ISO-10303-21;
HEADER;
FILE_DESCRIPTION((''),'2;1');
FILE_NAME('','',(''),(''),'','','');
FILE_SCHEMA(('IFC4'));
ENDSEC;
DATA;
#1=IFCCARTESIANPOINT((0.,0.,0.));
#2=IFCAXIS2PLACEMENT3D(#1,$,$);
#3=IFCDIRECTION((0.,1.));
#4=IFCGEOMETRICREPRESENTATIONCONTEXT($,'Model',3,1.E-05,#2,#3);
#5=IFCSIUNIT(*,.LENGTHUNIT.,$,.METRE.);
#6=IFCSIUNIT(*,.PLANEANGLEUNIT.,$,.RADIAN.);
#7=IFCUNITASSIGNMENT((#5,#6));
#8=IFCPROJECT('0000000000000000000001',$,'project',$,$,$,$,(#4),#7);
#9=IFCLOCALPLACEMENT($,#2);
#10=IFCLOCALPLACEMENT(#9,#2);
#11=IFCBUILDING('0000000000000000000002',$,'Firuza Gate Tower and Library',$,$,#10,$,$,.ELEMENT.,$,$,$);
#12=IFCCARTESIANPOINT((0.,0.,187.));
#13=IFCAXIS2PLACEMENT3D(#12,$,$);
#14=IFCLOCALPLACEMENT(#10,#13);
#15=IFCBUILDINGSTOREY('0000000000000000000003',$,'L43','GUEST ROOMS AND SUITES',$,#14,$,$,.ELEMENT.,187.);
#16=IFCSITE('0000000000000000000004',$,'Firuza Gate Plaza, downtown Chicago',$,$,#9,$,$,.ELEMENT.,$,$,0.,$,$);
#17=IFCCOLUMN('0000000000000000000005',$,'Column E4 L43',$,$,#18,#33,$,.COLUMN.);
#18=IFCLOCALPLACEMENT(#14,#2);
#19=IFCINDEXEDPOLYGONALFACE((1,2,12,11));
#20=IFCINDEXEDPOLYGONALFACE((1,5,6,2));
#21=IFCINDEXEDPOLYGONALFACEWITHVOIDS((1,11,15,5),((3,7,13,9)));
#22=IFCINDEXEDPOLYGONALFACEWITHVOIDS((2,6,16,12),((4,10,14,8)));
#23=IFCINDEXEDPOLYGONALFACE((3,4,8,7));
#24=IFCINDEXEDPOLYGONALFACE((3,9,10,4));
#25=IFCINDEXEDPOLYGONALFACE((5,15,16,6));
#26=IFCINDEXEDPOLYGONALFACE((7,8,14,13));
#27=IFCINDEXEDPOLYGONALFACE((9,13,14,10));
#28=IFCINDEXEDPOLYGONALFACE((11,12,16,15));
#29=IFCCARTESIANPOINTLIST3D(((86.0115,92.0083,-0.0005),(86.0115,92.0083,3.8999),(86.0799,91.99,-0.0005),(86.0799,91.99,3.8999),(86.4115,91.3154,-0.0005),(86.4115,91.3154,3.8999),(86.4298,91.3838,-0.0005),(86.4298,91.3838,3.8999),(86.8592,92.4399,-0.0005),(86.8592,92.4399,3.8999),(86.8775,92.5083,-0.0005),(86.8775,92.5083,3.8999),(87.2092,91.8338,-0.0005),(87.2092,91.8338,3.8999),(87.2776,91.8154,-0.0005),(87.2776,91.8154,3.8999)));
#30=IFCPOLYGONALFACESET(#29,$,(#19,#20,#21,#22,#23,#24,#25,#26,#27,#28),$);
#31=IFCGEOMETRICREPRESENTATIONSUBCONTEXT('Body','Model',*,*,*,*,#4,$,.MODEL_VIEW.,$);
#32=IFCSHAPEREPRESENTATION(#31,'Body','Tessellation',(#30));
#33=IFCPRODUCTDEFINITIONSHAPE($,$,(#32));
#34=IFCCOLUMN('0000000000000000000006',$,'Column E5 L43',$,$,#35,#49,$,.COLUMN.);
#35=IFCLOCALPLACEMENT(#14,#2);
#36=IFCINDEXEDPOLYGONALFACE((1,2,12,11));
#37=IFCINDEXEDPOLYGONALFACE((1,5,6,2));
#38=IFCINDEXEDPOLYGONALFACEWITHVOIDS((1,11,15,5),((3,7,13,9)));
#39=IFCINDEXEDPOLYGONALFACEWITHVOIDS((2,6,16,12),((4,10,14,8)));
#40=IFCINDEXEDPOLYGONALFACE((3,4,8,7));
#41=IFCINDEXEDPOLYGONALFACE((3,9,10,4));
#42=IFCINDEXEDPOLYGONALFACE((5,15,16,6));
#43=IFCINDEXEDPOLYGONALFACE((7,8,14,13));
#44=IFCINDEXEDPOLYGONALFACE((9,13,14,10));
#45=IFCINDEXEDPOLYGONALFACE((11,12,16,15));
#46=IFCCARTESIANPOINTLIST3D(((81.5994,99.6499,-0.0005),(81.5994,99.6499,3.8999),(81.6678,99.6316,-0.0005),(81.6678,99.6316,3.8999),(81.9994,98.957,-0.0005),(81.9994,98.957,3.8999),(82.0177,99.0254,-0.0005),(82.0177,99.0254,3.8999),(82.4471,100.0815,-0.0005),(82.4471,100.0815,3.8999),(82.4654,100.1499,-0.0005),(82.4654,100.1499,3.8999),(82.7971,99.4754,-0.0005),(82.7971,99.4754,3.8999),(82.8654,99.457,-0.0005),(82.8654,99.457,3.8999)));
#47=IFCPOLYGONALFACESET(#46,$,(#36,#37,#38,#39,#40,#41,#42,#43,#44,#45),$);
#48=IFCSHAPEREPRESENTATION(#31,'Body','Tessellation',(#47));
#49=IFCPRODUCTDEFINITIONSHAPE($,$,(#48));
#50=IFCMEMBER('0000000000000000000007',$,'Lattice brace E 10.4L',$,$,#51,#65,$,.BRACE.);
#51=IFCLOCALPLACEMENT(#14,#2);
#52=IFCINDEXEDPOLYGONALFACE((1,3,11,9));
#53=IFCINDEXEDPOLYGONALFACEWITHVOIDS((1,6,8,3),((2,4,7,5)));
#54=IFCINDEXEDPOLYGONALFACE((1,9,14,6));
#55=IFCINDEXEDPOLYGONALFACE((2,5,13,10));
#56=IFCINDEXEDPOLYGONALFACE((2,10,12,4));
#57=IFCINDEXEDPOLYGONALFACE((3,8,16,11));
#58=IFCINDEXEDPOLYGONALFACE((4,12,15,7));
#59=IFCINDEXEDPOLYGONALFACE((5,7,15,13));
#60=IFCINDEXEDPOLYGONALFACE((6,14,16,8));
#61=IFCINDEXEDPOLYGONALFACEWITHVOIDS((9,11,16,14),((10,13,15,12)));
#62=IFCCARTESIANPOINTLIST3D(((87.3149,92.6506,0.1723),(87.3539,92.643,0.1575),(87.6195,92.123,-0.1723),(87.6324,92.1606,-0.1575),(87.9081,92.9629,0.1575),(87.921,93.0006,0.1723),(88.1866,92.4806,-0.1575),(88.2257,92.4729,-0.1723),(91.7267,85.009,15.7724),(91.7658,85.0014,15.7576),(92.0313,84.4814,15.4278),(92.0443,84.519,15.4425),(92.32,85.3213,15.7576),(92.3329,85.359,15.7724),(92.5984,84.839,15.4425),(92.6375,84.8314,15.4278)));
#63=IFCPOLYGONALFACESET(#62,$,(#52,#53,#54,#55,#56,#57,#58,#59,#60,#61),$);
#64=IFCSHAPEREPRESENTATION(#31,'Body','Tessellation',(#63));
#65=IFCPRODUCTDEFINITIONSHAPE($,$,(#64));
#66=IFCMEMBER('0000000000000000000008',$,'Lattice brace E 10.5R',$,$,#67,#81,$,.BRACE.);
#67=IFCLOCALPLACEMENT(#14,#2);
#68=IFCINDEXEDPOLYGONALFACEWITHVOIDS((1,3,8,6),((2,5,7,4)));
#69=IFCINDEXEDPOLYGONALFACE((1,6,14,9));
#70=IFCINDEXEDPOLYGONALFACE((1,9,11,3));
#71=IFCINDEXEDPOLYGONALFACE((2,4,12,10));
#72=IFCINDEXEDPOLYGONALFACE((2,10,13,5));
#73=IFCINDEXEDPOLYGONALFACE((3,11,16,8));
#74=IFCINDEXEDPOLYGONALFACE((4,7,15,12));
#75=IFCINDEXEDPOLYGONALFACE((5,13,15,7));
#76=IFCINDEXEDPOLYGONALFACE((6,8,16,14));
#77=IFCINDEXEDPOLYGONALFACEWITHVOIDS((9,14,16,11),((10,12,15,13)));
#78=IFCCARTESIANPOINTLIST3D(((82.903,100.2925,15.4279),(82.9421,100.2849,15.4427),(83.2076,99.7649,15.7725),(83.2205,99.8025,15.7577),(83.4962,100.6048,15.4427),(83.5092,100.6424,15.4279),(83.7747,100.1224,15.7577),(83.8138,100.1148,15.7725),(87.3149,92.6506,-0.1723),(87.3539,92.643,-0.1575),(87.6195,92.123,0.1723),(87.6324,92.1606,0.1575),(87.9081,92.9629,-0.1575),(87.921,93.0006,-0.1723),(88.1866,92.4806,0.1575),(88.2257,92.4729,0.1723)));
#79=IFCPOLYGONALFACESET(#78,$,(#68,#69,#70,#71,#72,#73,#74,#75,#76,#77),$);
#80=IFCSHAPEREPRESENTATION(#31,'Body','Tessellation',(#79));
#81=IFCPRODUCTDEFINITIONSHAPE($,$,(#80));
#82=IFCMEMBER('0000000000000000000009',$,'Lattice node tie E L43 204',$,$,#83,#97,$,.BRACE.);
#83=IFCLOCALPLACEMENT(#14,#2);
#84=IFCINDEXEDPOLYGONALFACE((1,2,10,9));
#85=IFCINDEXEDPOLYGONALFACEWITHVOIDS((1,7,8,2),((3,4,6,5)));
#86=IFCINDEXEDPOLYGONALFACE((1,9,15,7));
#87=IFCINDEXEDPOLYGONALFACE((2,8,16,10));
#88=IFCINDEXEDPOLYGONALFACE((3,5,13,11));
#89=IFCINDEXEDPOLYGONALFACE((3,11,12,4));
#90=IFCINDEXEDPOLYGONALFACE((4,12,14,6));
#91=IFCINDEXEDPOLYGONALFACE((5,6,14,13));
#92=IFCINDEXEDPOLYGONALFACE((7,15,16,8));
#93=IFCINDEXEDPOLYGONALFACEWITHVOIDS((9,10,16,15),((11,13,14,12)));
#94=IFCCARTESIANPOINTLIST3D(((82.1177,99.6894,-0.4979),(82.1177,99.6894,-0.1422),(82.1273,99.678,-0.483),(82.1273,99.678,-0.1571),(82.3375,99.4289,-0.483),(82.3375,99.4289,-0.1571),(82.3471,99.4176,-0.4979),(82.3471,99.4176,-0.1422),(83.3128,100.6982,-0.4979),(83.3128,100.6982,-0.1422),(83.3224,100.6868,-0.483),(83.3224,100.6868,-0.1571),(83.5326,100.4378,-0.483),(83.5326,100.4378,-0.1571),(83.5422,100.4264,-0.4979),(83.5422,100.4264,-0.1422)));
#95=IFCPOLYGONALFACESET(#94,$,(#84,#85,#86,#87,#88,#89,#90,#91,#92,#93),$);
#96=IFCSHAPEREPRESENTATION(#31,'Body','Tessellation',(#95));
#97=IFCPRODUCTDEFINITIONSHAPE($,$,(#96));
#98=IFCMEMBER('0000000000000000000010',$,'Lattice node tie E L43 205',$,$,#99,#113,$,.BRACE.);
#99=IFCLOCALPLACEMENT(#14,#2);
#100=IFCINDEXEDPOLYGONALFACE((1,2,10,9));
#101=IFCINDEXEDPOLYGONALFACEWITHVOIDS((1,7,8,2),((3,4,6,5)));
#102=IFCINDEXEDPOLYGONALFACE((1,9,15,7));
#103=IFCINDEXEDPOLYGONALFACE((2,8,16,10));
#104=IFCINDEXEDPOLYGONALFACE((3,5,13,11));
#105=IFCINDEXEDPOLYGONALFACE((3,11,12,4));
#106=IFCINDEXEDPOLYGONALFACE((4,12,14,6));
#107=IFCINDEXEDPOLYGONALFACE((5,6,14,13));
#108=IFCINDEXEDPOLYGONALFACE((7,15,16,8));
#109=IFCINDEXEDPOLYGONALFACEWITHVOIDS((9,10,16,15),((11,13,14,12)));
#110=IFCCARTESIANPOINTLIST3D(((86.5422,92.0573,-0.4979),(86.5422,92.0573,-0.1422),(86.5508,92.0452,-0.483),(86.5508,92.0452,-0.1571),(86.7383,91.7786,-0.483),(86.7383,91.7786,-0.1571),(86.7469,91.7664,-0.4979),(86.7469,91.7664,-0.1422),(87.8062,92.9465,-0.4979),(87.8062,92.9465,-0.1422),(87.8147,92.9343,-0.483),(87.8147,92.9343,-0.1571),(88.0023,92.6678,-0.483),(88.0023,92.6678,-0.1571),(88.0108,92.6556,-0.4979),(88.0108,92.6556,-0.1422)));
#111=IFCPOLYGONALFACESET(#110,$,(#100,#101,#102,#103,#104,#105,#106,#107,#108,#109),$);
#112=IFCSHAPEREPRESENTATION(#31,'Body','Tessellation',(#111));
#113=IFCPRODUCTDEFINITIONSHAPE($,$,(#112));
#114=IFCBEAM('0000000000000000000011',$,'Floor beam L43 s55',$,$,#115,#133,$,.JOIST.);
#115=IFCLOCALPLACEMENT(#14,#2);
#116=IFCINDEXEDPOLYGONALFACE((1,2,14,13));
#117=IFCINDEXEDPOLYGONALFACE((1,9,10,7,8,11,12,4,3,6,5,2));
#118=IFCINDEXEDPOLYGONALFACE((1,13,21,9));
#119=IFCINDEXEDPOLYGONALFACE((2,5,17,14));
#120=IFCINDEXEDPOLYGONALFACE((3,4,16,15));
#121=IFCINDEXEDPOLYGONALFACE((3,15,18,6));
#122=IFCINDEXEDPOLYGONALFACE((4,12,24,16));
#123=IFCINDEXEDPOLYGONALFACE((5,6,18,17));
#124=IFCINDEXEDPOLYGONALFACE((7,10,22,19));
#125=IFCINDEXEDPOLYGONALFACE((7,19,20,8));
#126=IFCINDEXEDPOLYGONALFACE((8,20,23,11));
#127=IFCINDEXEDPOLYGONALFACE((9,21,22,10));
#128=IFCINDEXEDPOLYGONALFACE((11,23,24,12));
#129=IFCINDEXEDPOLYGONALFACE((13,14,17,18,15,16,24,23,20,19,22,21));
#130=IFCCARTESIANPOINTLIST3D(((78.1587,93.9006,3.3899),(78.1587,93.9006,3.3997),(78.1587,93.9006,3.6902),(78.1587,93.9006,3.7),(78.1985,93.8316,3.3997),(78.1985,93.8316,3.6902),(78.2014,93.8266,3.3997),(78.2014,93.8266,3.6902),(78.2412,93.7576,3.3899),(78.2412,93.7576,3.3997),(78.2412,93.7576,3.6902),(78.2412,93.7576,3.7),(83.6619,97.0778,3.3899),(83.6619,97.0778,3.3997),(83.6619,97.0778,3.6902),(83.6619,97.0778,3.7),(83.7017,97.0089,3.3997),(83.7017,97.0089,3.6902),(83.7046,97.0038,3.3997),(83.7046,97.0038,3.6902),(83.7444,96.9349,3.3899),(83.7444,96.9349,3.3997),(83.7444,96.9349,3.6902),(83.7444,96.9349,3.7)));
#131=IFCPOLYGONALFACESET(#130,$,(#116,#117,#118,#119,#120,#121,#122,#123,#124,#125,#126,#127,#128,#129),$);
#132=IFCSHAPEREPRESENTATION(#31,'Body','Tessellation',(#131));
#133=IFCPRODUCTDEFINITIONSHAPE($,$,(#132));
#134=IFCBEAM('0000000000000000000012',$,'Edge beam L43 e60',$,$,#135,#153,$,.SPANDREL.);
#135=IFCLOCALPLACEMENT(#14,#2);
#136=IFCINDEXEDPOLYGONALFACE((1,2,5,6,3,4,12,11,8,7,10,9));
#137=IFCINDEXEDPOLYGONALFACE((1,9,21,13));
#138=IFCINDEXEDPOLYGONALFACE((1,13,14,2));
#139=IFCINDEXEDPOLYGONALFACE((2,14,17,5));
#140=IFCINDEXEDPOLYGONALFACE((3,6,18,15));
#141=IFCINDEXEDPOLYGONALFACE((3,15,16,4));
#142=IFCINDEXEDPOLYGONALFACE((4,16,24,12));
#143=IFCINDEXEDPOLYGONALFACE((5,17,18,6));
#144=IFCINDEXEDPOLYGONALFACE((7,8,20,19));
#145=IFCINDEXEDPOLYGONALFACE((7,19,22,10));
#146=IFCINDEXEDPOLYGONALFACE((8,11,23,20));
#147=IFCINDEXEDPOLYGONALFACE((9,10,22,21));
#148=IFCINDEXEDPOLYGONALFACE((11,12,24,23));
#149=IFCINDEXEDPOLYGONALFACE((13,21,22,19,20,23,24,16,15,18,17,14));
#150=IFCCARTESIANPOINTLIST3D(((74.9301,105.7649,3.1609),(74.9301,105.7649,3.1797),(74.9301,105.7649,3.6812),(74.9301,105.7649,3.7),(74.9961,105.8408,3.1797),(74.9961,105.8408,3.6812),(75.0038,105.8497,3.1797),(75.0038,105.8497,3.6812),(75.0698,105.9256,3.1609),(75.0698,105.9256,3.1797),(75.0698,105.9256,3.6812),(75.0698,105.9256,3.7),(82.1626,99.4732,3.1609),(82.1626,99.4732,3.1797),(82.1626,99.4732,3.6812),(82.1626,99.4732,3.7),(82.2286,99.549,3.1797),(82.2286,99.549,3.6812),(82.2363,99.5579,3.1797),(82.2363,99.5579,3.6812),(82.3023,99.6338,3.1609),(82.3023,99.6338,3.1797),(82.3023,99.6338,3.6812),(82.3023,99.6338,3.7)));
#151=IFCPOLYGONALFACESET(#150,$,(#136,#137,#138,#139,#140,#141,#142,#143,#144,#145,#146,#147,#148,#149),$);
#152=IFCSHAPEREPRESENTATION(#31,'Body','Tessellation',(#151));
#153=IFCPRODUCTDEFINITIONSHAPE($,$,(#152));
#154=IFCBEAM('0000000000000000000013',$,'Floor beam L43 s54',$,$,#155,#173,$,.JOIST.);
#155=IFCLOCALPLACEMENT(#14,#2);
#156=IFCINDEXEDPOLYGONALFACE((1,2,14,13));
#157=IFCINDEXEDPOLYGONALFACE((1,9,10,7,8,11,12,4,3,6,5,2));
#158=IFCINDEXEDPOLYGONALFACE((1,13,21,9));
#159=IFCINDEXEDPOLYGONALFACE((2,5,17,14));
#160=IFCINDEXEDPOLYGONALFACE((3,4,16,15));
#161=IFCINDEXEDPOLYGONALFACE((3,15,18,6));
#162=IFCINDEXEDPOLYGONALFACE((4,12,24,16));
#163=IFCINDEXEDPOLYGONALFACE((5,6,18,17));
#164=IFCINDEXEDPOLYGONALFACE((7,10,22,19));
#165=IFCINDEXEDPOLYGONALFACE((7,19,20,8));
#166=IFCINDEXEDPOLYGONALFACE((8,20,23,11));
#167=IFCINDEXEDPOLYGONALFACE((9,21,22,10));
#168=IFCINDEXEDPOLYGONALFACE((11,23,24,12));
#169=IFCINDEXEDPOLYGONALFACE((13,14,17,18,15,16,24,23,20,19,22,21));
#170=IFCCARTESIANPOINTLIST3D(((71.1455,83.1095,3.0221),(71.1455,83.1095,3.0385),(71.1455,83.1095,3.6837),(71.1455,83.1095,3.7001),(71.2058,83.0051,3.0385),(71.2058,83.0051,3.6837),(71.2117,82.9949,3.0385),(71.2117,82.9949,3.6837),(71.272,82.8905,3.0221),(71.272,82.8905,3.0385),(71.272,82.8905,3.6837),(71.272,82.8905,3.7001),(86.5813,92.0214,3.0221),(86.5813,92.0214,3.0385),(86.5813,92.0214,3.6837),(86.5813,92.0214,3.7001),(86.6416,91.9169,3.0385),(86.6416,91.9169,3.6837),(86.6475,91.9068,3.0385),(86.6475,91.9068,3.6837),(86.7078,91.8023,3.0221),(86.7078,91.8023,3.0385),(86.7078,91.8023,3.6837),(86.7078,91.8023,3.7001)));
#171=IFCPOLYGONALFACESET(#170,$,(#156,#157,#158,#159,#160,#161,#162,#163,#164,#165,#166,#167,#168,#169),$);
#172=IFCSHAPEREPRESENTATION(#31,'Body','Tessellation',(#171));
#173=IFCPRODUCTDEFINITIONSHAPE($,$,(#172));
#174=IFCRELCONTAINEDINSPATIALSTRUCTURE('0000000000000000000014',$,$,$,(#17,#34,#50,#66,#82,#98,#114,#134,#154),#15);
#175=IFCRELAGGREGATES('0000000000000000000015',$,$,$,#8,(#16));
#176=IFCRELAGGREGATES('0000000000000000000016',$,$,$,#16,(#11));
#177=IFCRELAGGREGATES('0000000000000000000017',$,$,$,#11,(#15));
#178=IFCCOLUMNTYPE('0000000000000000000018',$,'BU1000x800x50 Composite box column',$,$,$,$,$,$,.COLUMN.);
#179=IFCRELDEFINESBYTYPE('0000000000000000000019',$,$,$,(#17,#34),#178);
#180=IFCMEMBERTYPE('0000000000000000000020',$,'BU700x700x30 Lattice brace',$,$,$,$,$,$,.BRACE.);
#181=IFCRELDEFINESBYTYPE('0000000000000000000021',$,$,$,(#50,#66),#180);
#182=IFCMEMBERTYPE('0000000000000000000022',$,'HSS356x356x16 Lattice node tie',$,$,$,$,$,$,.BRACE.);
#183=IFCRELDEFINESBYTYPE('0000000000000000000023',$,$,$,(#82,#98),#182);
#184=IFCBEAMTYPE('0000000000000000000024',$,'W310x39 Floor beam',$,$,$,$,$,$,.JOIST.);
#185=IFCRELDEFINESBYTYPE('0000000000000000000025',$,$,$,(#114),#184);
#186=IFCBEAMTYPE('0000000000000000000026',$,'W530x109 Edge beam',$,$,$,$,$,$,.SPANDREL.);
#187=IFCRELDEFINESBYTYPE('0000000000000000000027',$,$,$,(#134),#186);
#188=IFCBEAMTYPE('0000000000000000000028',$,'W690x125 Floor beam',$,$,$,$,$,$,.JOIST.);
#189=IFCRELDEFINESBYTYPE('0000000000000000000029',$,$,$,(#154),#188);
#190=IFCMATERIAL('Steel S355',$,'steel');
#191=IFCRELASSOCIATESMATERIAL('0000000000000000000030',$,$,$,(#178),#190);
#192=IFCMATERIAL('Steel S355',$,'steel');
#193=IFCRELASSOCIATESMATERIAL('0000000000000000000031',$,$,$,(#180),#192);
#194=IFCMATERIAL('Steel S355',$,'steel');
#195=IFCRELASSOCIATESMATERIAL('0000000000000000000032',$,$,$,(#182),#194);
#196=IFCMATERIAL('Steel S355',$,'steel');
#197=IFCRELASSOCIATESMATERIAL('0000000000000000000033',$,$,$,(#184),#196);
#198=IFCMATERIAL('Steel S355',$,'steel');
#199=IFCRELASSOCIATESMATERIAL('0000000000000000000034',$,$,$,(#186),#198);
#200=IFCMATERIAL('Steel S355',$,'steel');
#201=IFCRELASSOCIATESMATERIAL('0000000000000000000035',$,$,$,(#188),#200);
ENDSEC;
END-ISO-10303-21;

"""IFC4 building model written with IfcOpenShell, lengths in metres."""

from ifc_helpers import new_model, si_unit, direction, frame, origin, origin_2d, place, context, subcontext, project, spatial, hollow_rectangle, i_section, extrude, material, material_profile, profile_set, type_object, element, save


model = new_model("IFC4")

# Units and contexts
model_context = context("Model", 3, precision=1e-05, world=origin(), true_north=direction((0.0, 1.0)))
body_context = subcontext(model_context, "Body", "Model", "MODEL_VIEW")
ifc_project = project(units=[si_unit("LENGTHUNIT", "METRE"), si_unit("PLANEANGLEUNIT", "RADIAN")], contexts=[model_context])

# Site, building, storey
site_placement = place(None, origin())
site = spatial("IfcSite", under=ifc_project, at=site_placement, Name="Firuza Gate Plaza, downtown Chicago", CompositionType="ELEMENT", RefElevation=0.0)
building_placement = place(site_placement, origin())
building = spatial("IfcBuilding", under=site, at=building_placement, Name="Firuza Gate Tower and Library", CompositionType="ELEMENT")
storey_placement = place(building_placement, frame((0.0, 0.0, 187.0)))
storey = spatial("IfcBuildingStorey", under=building, at=storey_placement, Name="L43", Description="GUEST ROOMS AND SUITES", CompositionType="ELEMENT", Elevation=187.0)

# Columns
ifc_material_1 = material(Name="Steel S355", Category="steel")
ifc_material_profile_1 = material_profile(ifc_material_1, hollow_rectangle(XDim=0.8, YDim=1.0, WallThickness=0.05, at=origin_2d()))
ifc_profile_set_1 = profile_set([ifc_material_profile_1], Name="Steel S355")
column_type = type_object("IfcColumnType", Name="BU1000x800x50 Composite box column", PredefinedType="COLUMN", material=ifc_profile_set_1)
for number, where, z_axis, x_axis, name in (
    (1, (86.6445, 91.9119, -0.0005), (0.0, 0.0, 1.0), (-0.5, 0.866025, 0.0), "Column E4 L43"),
    (2, (82.2324, 99.5535, -0.0005), (0.0, 0.0, 1.0), (-0.5, 0.866025, 0.0), "Column E5 L43"),
):
    element("IfcColumn", number, at=place(storey_placement, frame(where, z_axis=z_axis, x_axis=x_axis)), inside=storey, type_object=column_type, Name=name, PredefinedType="COLUMN", context=body_context, shape_type="SweptSolid", body=[
        extrude(hollow_rectangle(XDim=0.8, YDim=1.0, WallThickness=0.05, at=origin_2d()), origin(), (0.0, 0.0, 1.0), 3.9004),
    ])

# Members
ifc_material_2 = material(Name="Steel S355", Category="steel")
ifc_material_profile_2 = material_profile(ifc_material_2, hollow_rectangle(XDim=0.7, YDim=0.7, WallThickness=0.03, at=origin_2d()))
ifc_profile_set_2 = profile_set([ifc_material_profile_2], Name="Steel S355")
member_type_1 = type_object("IfcMemberType", Name="BU700x700x30 Lattice brace", PredefinedType="BRACE", material=ifc_profile_set_2)
member_1_placement = place(storey_placement, frame((87.7703, 92.5618, 0.0), z_axis=(0.246161, -0.426365, 0.870412), x_axis=(0.866026, 0.499999, 0.0)))
element("IfcMember", 3, at=member_1_placement, inside=storey, type_object=member_type_1, Name="Lattice brace E 10.4L", PredefinedType="BRACE", context=body_context, shape_type="SweptSolid", body=[
    extrude(hollow_rectangle(XDim=0.7, YDim=0.7, WallThickness=0.03, at=origin_2d()), origin(), (0.0, 0.0, 1.0), 17.9226),
])
member_2_placement = place(storey_placement, frame((87.7703, 92.5618, 0.0), z_axis=(-0.24616, 0.426377, 0.870407), x_axis=(-0.866033, -0.499987, 0.0)))
element("IfcMember", 4, at=member_2_placement, inside=storey, type_object=member_type_1, Name="Lattice brace E 10.5R", PredefinedType="BRACE", context=body_context, shape_type="SweptSolid", body=[
    extrude(hollow_rectangle(XDim=0.7, YDim=0.7, WallThickness=0.03, at=origin_2d()), origin(), (0.0, 0.0, 1.0), 17.9229),
])
ifc_material_3 = material(Name="Steel S355", Category="steel")
ifc_material_profile_3 = material_profile(ifc_material_3, hollow_rectangle(XDim=0.3557, YDim=0.3557, WallThickness=0.0149, at=origin_2d()))
ifc_profile_set_3 = profile_set([ifc_material_profile_3], Name="Steel S355")
member_type_2 = type_object("IfcMemberType", Name="HSS356x356x16 Lattice node tie", PredefinedType="BRACE", material=ifc_profile_set_3)
member_3_placement = place(storey_placement, frame((82.2324, 99.5535, -0.3201), z_axis=(0.76415, 0.645039, 0.0), x_axis=(-0.645039, 0.76415, 0.0)))
element("IfcMember", 5, at=member_3_placement, inside=storey, type_object=member_type_2, Name="Lattice node tie E L43 204", PredefinedType="BRACE", context=body_context, shape_type="SweptSolid", body=[
    extrude(hollow_rectangle(XDim=0.3557, YDim=0.3557, WallThickness=0.0149, at=origin_2d()), origin(), (0.0, 0.0, 1.0), 1.564),
])
member_4_placement = place(storey_placement, frame((86.6445, 91.9119, -0.3201), z_axis=(0.817886, 0.57538, 0.0), x_axis=(-0.57538, 0.817886, 0.0)))
element("IfcMember", 6, at=member_4_placement, inside=storey, type_object=member_type_2, Name="Lattice node tie E L43 205", PredefinedType="BRACE", context=body_context, shape_type="SweptSolid", body=[
    extrude(hollow_rectangle(XDim=0.3557, YDim=0.3557, WallThickness=0.0149, at=origin_2d()), origin(), (0.0, 0.0, 1.0), 1.5454),
])

# Beams
ifc_material_4 = material(Name="Steel S355", Category="steel")
ifc_material_profile_4 = material_profile(ifc_material_4, i_section(OverallWidth=0.165, OverallDepth=0.3101, WebThickness=0.0059, FlangeThickness=0.0098, at=origin_2d()))
ifc_profile_set_4 = profile_set([ifc_material_profile_4], Name="Steel S355")
beam_type_1 = type_object("IfcBeamType", Name="W310x39 Floor beam", PredefinedType="JOIST", material=ifc_profile_set_4)
beam_1_placement = place(storey_placement, frame((83.7031, 97.0063, 3.5449), z_axis=(-0.866026, -0.499998, 0.0), x_axis=(0.499998, -0.866026, 0.0)))
element("IfcBeam", 7, at=beam_1_placement, inside=storey, type_object=beam_type_1, Name="Floor beam L43 s55", PredefinedType="JOIST", context=body_context, shape_type="SweptSolid", body=[
    extrude(i_section(OverallWidth=0.165, OverallDepth=0.3101, WebThickness=0.0059, FlangeThickness=0.0098, at=origin_2d()), origin(), (0.0, 0.0, 1.0), 6.3545),
])
ifc_material_5 = material(Name="Steel S355", Category="steel")
ifc_material_profile_5 = material_profile(ifc_material_5, i_section(OverallWidth=0.2129, OverallDepth=0.5391, WebThickness=0.0117, FlangeThickness=0.0188, at=origin_2d()))
ifc_profile_set_5 = profile_set([ifc_material_profile_5], Name="Steel S355")
beam_type_2 = type_object("IfcBeamType", Name="W530x109 Edge beam", PredefinedType="SPANDREL", material=ifc_profile_set_5)
beam_2_placement = place(storey_placement, frame((82.2324, 99.5535, 3.4304), z_axis=(-0.754467, 0.656338, 0.0), x_axis=(-0.656338, -0.754467, 0.0)))
element("IfcBeam", 8, at=beam_2_placement, inside=storey, type_object=beam_type_2, Name="Edge beam L43 e60", PredefinedType="SPANDREL", context=body_context, shape_type="SweptSolid", body=[
    extrude(i_section(OverallWidth=0.2129, OverallDepth=0.5391, WebThickness=0.0117, FlangeThickness=0.0188, at=origin_2d()), origin(), (0.0, 0.0, 1.0), 9.5862),
])
ifc_material_6 = material(Name="Steel S355", Category="steel")
ifc_material_profile_6 = material_profile(ifc_material_6, i_section(OverallWidth=0.2529, OverallDepth=0.678, WebThickness=0.0117, FlangeThickness=0.0164, at=origin_2d()))
ifc_profile_set_6 = profile_set([ifc_material_profile_6], Name="Steel S355")
beam_type_3 = type_object("IfcBeamType", Name="W690x125 Floor beam", PredefinedType="JOIST", material=ifc_profile_set_6)
beam_3_placement = place(storey_placement, frame((86.6445, 91.9119, 3.3611), z_axis=(-0.866025, -0.5, 0.0), x_axis=(0.5, -0.866025, 0.0)))
element("IfcBeam", 9, at=beam_3_placement, inside=storey, type_object=beam_type_3, Name="Floor beam L43 s54", PredefinedType="JOIST", context=body_context, shape_type="SweptSolid", body=[
    extrude(i_section(OverallWidth=0.2529, OverallDepth=0.678, WebThickness=0.0117, FlangeThickness=0.0164, at=origin_2d()), origin(), (0.0, 0.0, 1.0), 17.8237),
])

save(model, "model.ifc")
